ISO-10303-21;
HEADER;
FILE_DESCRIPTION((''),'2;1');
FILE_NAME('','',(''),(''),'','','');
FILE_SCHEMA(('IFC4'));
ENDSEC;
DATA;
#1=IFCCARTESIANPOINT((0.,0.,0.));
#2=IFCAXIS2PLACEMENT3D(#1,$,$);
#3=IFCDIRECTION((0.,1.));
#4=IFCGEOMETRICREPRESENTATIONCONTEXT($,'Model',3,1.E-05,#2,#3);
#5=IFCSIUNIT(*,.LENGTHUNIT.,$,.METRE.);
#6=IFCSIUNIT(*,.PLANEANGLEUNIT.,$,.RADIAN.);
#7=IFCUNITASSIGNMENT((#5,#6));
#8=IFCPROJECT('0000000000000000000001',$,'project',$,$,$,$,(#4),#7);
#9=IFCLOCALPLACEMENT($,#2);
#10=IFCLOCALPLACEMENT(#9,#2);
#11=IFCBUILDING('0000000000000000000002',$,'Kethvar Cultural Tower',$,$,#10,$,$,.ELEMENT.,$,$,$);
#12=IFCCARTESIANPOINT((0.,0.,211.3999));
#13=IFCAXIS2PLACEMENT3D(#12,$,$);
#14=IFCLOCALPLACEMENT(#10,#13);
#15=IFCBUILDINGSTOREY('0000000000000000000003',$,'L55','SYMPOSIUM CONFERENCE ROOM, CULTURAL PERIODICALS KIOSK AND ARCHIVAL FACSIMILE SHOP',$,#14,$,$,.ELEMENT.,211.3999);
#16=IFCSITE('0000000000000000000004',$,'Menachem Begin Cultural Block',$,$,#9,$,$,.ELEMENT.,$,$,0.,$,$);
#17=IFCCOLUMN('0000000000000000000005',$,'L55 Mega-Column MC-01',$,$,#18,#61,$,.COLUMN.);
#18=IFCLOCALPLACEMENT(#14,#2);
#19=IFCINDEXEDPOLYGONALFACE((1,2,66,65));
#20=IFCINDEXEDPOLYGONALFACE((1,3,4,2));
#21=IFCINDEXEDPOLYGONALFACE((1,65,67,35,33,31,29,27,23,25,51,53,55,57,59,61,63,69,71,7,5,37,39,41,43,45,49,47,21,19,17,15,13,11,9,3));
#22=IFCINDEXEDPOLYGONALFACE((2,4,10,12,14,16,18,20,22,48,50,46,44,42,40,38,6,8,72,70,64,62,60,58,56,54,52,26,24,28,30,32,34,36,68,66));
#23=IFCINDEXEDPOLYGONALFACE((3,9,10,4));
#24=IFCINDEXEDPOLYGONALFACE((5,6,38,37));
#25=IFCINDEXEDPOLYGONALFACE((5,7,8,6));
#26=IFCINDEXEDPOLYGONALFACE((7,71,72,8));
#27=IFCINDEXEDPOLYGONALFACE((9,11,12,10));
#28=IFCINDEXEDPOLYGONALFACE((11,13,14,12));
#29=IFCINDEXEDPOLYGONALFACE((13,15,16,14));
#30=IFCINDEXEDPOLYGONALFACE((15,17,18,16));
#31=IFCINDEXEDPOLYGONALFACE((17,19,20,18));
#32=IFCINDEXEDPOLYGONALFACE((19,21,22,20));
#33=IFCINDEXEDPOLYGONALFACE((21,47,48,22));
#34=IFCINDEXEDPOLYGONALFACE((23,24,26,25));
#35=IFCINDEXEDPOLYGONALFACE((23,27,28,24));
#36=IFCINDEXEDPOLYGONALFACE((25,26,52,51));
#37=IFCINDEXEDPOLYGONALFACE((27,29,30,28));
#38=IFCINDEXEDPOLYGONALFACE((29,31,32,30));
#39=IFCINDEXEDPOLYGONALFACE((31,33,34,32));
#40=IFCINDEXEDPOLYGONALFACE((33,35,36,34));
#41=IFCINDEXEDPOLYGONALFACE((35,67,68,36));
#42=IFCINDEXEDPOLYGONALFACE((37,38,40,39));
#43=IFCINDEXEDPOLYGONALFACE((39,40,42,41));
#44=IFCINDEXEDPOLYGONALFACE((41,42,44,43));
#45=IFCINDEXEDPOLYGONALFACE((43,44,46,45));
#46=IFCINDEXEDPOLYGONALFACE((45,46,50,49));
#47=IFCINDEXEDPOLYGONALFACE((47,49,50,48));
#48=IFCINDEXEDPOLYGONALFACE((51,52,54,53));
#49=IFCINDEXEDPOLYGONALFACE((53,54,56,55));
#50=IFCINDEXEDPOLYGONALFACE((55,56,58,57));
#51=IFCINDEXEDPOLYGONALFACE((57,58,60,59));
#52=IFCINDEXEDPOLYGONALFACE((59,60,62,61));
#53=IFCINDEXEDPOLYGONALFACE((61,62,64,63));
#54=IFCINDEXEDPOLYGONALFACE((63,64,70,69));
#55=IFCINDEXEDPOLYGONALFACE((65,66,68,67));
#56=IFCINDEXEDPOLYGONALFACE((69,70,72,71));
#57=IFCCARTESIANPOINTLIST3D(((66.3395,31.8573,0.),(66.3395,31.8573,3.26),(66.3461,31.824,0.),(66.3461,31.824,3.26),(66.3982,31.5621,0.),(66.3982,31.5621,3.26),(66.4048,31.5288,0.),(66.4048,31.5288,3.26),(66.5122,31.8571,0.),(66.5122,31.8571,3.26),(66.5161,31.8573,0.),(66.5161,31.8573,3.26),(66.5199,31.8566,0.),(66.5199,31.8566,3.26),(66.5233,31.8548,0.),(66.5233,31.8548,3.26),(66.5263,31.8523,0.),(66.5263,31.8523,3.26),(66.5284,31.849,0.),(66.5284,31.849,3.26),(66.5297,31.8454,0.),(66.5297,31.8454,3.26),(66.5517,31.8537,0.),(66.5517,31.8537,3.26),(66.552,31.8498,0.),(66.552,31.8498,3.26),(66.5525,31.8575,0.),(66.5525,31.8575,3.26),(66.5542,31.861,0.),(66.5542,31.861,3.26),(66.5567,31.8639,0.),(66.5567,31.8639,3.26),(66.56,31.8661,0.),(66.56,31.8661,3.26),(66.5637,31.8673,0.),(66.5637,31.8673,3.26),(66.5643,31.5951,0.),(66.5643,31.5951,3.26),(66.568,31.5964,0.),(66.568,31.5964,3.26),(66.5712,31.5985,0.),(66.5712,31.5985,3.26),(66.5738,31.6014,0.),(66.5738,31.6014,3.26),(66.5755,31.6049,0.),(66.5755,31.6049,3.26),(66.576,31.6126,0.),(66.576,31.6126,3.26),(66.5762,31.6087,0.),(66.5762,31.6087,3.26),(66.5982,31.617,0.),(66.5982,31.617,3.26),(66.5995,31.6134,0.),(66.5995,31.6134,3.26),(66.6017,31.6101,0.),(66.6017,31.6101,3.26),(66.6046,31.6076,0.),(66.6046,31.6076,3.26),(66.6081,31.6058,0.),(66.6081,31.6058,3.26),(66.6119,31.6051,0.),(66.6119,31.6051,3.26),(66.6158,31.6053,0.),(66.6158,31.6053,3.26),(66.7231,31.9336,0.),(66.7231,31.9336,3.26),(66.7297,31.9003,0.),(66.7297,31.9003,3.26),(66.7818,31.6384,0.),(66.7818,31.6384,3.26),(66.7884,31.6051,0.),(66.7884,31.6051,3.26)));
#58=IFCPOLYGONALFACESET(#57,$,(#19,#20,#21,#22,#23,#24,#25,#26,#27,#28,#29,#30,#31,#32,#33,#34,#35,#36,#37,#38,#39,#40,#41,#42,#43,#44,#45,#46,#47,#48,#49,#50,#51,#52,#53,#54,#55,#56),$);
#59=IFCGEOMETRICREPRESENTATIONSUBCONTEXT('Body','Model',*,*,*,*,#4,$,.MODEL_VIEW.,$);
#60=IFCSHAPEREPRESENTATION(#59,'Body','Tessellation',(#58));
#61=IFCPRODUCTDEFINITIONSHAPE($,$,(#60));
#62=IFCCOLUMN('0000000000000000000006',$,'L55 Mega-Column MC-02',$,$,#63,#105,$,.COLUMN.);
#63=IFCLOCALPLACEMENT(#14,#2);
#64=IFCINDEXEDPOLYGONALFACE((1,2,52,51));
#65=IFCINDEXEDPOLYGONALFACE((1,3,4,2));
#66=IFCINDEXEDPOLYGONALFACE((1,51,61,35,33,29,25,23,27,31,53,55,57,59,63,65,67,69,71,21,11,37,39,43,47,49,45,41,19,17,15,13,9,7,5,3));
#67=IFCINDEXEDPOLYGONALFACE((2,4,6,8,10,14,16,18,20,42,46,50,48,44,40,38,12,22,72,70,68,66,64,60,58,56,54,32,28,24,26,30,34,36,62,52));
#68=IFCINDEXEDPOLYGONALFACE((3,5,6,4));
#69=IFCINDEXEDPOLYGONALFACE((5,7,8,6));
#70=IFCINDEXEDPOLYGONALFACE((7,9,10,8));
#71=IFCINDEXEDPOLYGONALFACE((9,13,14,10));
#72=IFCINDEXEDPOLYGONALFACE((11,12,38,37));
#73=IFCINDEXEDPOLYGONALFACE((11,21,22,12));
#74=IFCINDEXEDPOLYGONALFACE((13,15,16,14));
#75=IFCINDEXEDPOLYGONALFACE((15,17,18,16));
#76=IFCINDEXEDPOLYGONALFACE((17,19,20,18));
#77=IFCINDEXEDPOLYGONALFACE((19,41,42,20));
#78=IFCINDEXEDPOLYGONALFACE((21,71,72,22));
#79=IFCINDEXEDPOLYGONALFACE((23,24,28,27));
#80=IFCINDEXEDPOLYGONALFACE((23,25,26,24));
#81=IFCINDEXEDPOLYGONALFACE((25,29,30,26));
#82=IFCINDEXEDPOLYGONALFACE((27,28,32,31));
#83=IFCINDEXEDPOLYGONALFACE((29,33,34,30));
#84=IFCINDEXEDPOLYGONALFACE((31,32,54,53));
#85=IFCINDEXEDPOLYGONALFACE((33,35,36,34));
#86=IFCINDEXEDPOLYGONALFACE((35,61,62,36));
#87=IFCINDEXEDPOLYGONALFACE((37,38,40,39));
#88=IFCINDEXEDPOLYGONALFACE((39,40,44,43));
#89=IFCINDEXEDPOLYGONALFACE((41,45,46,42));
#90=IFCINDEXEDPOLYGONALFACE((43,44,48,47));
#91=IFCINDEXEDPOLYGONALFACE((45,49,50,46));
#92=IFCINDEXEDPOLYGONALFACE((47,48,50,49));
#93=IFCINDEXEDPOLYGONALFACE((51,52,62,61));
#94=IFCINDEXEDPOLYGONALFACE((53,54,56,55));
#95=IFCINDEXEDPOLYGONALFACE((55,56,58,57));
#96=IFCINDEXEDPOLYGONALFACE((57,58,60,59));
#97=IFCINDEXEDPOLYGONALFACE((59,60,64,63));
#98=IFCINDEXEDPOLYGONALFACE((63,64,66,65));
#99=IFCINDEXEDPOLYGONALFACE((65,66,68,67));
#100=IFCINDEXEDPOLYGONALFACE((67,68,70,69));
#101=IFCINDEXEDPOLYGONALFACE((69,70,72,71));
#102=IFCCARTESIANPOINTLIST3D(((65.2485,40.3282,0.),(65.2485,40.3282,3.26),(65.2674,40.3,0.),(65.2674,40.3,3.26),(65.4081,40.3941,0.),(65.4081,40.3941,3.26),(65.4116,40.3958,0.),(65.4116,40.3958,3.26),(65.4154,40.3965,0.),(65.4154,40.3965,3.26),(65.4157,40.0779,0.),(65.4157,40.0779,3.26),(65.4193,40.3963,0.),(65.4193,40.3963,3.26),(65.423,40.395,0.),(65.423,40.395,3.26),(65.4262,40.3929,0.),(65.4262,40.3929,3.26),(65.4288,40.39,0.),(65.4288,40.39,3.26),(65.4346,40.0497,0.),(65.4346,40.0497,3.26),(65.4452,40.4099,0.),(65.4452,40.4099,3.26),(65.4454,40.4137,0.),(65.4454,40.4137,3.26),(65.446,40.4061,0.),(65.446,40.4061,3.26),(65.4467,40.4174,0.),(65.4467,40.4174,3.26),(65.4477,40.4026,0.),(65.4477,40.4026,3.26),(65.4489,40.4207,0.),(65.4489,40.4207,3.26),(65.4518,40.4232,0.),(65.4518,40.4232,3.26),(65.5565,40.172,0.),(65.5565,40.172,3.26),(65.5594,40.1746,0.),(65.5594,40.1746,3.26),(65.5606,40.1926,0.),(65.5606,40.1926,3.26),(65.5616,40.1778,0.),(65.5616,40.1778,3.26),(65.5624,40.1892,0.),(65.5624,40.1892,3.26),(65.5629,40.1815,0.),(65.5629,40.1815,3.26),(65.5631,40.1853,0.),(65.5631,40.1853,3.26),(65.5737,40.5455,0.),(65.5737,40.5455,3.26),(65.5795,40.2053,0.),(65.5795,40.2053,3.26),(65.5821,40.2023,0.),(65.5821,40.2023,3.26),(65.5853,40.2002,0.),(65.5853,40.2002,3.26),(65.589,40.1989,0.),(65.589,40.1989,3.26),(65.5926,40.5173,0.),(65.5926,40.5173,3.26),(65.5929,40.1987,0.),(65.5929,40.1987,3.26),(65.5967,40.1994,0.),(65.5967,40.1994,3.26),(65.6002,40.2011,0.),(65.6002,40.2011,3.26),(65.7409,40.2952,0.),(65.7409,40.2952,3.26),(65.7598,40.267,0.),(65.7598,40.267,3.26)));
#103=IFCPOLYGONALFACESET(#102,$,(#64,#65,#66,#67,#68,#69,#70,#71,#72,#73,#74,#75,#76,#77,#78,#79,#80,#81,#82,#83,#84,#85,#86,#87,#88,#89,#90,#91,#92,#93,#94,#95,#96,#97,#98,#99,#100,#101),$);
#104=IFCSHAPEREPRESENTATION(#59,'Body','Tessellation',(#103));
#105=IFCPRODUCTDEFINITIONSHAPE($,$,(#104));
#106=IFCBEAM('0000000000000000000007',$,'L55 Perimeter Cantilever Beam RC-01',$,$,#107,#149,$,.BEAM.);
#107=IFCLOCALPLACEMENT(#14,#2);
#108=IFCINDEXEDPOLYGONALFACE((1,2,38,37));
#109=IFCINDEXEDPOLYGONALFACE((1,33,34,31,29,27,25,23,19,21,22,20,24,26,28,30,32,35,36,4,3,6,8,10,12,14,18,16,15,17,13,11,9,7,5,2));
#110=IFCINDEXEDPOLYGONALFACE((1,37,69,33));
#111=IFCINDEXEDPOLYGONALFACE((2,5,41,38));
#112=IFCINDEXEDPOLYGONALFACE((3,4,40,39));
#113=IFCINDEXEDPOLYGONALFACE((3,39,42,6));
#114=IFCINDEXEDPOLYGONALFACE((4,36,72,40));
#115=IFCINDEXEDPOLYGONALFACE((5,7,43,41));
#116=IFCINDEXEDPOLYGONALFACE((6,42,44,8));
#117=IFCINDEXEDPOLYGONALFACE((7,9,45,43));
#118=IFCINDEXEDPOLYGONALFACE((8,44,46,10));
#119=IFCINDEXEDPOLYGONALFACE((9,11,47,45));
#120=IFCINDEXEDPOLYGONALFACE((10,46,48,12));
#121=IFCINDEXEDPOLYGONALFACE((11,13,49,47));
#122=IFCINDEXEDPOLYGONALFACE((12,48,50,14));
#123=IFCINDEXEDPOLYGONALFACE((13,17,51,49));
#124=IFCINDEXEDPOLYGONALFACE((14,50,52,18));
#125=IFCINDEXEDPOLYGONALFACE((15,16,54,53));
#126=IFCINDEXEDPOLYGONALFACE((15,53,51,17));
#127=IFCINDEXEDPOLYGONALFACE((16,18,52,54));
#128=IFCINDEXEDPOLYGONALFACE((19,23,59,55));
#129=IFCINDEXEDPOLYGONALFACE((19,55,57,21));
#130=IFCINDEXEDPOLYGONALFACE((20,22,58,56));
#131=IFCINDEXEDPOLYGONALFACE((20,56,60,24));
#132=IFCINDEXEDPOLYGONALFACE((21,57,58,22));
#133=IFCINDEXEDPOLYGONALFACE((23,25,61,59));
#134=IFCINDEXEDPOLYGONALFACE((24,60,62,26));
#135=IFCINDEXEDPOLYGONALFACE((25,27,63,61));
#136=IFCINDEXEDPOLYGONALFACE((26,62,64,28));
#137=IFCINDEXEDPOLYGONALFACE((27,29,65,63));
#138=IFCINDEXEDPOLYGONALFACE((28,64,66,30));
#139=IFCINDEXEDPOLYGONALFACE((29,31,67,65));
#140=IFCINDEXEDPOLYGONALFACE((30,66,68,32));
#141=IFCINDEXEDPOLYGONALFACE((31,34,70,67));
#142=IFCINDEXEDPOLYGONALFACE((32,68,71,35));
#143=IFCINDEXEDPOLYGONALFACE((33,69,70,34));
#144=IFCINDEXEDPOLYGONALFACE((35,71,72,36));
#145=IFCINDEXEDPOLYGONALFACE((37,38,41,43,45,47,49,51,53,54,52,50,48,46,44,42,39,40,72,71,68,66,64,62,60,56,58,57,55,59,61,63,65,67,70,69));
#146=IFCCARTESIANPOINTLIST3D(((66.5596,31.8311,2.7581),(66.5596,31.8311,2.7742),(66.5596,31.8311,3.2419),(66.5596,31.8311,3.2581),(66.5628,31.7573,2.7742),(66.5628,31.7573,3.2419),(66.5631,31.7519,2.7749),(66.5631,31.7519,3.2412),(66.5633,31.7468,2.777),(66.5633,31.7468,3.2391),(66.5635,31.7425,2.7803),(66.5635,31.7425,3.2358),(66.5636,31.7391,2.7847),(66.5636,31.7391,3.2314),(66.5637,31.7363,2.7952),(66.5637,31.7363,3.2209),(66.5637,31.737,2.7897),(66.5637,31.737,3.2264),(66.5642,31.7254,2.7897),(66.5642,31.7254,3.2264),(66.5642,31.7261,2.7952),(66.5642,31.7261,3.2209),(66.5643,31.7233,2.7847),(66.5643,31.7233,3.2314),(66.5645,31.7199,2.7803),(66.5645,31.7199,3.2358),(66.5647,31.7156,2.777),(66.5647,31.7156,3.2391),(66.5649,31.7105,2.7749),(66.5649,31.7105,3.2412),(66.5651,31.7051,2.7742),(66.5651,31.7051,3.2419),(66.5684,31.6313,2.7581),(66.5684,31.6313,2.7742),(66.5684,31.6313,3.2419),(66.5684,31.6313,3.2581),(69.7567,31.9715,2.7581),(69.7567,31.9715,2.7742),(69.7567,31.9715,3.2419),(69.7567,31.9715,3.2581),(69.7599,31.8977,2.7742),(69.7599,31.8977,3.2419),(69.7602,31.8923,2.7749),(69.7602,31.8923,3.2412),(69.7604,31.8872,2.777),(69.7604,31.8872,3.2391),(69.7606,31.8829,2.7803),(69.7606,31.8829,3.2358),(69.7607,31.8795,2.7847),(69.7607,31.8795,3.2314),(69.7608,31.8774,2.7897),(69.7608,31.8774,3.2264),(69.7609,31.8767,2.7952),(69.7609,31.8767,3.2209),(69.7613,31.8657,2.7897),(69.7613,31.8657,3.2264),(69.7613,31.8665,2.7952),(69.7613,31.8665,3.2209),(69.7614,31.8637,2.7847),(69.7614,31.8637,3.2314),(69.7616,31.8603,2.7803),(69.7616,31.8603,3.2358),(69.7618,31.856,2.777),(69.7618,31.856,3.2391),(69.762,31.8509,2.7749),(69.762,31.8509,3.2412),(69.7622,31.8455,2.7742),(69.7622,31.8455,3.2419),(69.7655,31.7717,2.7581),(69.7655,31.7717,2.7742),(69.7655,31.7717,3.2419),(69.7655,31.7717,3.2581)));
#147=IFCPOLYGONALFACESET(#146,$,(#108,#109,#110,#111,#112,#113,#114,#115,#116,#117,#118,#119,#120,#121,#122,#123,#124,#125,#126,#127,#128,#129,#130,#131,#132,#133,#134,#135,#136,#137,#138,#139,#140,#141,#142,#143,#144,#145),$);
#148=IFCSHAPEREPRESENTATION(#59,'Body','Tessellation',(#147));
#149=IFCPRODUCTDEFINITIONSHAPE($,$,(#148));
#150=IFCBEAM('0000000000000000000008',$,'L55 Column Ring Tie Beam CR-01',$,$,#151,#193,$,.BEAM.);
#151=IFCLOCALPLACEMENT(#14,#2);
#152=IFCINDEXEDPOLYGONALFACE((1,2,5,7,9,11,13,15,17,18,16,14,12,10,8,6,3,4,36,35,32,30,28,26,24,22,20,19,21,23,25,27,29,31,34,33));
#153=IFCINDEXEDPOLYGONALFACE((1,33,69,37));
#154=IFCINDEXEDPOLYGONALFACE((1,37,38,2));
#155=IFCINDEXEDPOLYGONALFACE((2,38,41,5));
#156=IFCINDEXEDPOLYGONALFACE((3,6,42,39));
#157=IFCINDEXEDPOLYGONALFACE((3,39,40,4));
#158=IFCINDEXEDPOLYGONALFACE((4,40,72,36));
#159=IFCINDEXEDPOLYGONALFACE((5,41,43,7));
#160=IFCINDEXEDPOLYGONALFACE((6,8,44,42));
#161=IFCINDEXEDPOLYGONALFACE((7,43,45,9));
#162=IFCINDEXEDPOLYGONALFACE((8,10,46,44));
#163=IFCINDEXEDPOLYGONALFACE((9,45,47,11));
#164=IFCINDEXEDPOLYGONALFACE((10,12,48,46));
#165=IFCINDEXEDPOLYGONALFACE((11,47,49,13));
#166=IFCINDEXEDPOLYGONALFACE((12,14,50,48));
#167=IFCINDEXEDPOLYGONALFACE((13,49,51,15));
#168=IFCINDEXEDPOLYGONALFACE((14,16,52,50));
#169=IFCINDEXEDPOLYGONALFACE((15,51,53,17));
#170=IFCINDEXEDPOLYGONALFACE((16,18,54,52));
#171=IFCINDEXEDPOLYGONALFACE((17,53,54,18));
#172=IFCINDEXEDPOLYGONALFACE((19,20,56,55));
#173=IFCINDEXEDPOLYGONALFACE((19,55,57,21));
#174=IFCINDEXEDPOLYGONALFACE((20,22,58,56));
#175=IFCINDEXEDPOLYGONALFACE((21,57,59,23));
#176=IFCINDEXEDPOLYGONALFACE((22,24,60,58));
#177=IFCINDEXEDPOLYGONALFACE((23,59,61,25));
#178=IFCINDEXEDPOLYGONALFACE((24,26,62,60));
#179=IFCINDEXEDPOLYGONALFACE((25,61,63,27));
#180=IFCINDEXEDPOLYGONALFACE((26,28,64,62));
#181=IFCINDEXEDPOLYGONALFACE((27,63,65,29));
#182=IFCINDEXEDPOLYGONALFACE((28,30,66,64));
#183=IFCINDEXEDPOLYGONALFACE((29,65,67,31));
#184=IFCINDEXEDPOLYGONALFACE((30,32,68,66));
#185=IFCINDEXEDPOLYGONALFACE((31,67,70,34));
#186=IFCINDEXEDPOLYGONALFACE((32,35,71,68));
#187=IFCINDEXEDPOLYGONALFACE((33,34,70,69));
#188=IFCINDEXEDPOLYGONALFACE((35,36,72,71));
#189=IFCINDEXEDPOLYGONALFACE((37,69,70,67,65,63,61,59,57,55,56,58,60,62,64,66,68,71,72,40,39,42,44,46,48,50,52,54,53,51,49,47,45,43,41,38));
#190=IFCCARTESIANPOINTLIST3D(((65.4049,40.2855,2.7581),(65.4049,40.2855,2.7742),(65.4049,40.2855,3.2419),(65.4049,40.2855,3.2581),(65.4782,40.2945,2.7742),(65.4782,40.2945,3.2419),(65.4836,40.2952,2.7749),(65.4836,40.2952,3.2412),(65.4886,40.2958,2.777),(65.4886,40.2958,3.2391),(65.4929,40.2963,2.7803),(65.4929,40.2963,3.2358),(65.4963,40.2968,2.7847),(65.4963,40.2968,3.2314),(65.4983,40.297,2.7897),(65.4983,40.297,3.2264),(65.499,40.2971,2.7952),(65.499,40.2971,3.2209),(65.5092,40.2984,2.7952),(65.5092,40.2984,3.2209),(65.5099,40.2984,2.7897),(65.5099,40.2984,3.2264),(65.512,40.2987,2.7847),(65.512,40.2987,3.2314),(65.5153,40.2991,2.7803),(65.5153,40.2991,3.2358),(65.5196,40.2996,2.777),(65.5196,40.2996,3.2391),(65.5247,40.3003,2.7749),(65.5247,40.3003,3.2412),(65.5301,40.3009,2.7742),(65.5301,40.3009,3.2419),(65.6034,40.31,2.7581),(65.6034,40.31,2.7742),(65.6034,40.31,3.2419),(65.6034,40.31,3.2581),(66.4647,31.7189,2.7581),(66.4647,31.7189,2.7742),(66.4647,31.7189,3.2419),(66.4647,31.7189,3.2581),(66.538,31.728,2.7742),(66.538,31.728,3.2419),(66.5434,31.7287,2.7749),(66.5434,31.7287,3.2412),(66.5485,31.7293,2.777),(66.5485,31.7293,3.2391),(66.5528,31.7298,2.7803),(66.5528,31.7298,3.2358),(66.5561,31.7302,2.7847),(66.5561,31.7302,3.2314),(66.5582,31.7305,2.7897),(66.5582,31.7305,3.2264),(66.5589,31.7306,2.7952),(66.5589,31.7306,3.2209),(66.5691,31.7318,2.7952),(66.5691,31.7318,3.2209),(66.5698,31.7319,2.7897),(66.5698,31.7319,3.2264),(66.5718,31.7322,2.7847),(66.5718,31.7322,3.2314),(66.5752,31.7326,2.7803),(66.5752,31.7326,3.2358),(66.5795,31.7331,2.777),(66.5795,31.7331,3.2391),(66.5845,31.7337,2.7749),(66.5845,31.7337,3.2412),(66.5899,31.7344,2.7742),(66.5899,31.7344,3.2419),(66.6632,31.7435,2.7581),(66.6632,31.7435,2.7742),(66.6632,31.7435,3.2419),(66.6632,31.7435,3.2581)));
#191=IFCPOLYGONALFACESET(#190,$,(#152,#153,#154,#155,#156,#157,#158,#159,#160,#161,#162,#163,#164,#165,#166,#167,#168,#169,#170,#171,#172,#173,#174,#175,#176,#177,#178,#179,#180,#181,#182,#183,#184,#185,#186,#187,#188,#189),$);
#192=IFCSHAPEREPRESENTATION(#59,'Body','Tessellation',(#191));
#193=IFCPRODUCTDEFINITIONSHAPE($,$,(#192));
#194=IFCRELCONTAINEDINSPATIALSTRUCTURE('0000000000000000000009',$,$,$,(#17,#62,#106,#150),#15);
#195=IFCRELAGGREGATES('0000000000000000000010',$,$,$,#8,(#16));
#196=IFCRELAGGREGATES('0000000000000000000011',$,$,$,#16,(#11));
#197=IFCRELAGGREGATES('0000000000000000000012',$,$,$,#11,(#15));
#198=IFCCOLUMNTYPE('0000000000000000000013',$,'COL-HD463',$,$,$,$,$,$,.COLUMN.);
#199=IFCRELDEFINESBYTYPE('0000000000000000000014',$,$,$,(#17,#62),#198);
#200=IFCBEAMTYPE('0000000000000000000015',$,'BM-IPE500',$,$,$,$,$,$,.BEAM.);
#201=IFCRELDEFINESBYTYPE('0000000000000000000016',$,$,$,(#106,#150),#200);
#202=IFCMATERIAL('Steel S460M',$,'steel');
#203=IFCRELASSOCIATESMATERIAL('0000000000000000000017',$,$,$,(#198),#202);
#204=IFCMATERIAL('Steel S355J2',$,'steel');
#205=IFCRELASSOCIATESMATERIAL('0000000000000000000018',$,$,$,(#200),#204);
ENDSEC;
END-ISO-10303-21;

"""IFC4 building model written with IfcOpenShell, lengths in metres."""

from ifc_helpers import new_model, si_unit, direction, frame, origin, origin_2d, place, context, subcontext, project, spatial, i_section, extrude, source, transform, mapped, material, material_profile, profile_set, type_object, element, save


model = new_model("IFC4")

# Units and contexts
model_context = context("Model", 3, precision=1e-05, world=origin(), true_north=direction((0.0, 1.0)))
body_context = subcontext(model_context, "Body", "Model", "MODEL_VIEW")
ifc_project = project(units=[si_unit("LENGTHUNIT", "METRE"), si_unit("PLANEANGLEUNIT", "RADIAN")], contexts=[model_context])

# Site, building, storey
site_placement = place(None, origin())
site = spatial("IfcSite", under=ifc_project, at=site_placement, Name="Menachem Begin Cultural Block", CompositionType="ELEMENT", RefElevation=0.0)
building_placement = place(site_placement, origin())
building = spatial("IfcBuilding", under=site, at=building_placement, Name="Kethvar Cultural Tower", CompositionType="ELEMENT")
storey_placement = place(building_placement, frame((0.0, 0.0, 211.3999)))
storey = spatial("IfcBuildingStorey", under=building, at=storey_placement, Name="L55", Description="SYMPOSIUM CONFERENCE ROOM, CULTURAL PERIODICALS KIOSK AND ARCHIVAL FACSIMILE SHOP", CompositionType="ELEMENT", Elevation=211.3999)

# Columns
ifc_material_1 = material(Name="Steel S460M", Category="steel")
ifc_material_profile_1 = material_profile(ifc_material_1, i_section(OverallWidth=0.3911, OverallDepth=0.335, WebThickness=0.0227, FlangeThickness=0.0339, FilletRadius=0.0149, at=origin_2d()), Name="Steel S460M — HD400x463")
ifc_profile_set_1 = profile_set([ifc_material_profile_1], Name="Steel S460M — HD400x463")
column_type = type_object("IfcColumnType", Name="COL-HD463", PredefinedType="COLUMN", material=ifc_profile_set_1)
shared_shape_1 = source(origin(), body_context, "Body", "SweptSolid", [
    extrude(i_section(OverallWidth=0.3911, OverallDepth=0.335, WebThickness=0.0227, FlangeThickness=0.0339, FilletRadius=0.0149, at=origin_2d()), origin(), (0.0, 0.0, 1.0), 3.26),
])
for number, where, z_axis, x_axis, name in (
    (1, (66.564, 31.7312, 0.0), (0.0, 0.0, 1.0), (0.980785, 0.19509, 0.0), "L55 Mega-Column MC-01"),
    (2, (65.5042, 40.2976, 0.0), (0.0, 0.0, 1.0), (0.83147, 0.55557, 0.0), "L55 Mega-Column MC-02"),
):
    element("IfcColumn", number, at=place(storey_placement, frame(where, z_axis=z_axis, x_axis=x_axis)), inside=storey, type_object=column_type, Name=name, PredefinedType="COLUMN", context=body_context, shape_type="MappedRepresentation", body=[
        mapped(shared_shape_1, transform((0.0, 0.0, 0.0), scale=1.0)),
    ])

# Beams
ifc_material_2 = material(Name="Steel S355J2", Category="steel")
ifc_material_profile_2 = material_profile(ifc_material_2, i_section(OverallWidth=0.2, OverallDepth=0.5, WebThickness=0.0103, FlangeThickness=0.0161, FilletRadius=0.021, at=origin_2d()), Name="Steel S355J2 — IPE500")
ifc_profile_set_2 = profile_set([ifc_material_profile_2], Name="Steel S355J2 — IPE500")
beam_type_1 = type_object("IfcBeamType", Name="BM-IPE500", PredefinedType="BEAM", material=ifc_profile_set_2)
shared_shape_2 = source(origin(), body_context, "Body", "SweptSolid", [
    extrude(i_section(OverallWidth=0.2, OverallDepth=0.5, WebThickness=0.0103, FlangeThickness=0.0161, FilletRadius=0.021, at=origin_2d()), origin(), (0.0, 0.0, 1.0), 3.2002),
])
beam_1_placement = place(storey_placement, frame((66.564, 31.7312, 3.0081), z_axis=(0.999037, 0.043868, 0.0), x_axis=(-0.043868, 0.999037, 0.0)))
element("IfcBeam", 3, at=beam_1_placement, inside=storey, type_object=beam_type_1, Name="L55 Perimeter Cantilever Beam RC-01", PredefinedType="BEAM", context=body_context, shape_type="MappedRepresentation", body=[
    mapped(shared_shape_2, transform((0.0, 0.0, 0.0), scale=1.0)),
])
shared_shape_3 = source(origin(), body_context, "Body", "SweptSolid", [
    extrude(i_section(OverallWidth=0.2, OverallDepth=0.5, WebThickness=0.0103, FlangeThickness=0.0161, FilletRadius=0.021, at=origin_2d()), origin(), (0.0, 0.0, 1.0), 8.6318),
])
beam_2_placement = place(storey_placement, frame((66.564, 31.7312, 3.0081), z_axis=(-0.122781, 0.992434, 0.0), x_axis=(-0.992434, -0.122781, 0.0)))
element("IfcBeam", 4, at=beam_2_placement, inside=storey, type_object=beam_type_1, Name="L55 Column Ring Tie Beam CR-01", PredefinedType="BEAM", context=body_context, shape_type="MappedRepresentation", body=[
    mapped(shared_shape_3, transform((0.0, 0.0, 0.0), scale=1.0)),
])

save(model, "model.ifc")
